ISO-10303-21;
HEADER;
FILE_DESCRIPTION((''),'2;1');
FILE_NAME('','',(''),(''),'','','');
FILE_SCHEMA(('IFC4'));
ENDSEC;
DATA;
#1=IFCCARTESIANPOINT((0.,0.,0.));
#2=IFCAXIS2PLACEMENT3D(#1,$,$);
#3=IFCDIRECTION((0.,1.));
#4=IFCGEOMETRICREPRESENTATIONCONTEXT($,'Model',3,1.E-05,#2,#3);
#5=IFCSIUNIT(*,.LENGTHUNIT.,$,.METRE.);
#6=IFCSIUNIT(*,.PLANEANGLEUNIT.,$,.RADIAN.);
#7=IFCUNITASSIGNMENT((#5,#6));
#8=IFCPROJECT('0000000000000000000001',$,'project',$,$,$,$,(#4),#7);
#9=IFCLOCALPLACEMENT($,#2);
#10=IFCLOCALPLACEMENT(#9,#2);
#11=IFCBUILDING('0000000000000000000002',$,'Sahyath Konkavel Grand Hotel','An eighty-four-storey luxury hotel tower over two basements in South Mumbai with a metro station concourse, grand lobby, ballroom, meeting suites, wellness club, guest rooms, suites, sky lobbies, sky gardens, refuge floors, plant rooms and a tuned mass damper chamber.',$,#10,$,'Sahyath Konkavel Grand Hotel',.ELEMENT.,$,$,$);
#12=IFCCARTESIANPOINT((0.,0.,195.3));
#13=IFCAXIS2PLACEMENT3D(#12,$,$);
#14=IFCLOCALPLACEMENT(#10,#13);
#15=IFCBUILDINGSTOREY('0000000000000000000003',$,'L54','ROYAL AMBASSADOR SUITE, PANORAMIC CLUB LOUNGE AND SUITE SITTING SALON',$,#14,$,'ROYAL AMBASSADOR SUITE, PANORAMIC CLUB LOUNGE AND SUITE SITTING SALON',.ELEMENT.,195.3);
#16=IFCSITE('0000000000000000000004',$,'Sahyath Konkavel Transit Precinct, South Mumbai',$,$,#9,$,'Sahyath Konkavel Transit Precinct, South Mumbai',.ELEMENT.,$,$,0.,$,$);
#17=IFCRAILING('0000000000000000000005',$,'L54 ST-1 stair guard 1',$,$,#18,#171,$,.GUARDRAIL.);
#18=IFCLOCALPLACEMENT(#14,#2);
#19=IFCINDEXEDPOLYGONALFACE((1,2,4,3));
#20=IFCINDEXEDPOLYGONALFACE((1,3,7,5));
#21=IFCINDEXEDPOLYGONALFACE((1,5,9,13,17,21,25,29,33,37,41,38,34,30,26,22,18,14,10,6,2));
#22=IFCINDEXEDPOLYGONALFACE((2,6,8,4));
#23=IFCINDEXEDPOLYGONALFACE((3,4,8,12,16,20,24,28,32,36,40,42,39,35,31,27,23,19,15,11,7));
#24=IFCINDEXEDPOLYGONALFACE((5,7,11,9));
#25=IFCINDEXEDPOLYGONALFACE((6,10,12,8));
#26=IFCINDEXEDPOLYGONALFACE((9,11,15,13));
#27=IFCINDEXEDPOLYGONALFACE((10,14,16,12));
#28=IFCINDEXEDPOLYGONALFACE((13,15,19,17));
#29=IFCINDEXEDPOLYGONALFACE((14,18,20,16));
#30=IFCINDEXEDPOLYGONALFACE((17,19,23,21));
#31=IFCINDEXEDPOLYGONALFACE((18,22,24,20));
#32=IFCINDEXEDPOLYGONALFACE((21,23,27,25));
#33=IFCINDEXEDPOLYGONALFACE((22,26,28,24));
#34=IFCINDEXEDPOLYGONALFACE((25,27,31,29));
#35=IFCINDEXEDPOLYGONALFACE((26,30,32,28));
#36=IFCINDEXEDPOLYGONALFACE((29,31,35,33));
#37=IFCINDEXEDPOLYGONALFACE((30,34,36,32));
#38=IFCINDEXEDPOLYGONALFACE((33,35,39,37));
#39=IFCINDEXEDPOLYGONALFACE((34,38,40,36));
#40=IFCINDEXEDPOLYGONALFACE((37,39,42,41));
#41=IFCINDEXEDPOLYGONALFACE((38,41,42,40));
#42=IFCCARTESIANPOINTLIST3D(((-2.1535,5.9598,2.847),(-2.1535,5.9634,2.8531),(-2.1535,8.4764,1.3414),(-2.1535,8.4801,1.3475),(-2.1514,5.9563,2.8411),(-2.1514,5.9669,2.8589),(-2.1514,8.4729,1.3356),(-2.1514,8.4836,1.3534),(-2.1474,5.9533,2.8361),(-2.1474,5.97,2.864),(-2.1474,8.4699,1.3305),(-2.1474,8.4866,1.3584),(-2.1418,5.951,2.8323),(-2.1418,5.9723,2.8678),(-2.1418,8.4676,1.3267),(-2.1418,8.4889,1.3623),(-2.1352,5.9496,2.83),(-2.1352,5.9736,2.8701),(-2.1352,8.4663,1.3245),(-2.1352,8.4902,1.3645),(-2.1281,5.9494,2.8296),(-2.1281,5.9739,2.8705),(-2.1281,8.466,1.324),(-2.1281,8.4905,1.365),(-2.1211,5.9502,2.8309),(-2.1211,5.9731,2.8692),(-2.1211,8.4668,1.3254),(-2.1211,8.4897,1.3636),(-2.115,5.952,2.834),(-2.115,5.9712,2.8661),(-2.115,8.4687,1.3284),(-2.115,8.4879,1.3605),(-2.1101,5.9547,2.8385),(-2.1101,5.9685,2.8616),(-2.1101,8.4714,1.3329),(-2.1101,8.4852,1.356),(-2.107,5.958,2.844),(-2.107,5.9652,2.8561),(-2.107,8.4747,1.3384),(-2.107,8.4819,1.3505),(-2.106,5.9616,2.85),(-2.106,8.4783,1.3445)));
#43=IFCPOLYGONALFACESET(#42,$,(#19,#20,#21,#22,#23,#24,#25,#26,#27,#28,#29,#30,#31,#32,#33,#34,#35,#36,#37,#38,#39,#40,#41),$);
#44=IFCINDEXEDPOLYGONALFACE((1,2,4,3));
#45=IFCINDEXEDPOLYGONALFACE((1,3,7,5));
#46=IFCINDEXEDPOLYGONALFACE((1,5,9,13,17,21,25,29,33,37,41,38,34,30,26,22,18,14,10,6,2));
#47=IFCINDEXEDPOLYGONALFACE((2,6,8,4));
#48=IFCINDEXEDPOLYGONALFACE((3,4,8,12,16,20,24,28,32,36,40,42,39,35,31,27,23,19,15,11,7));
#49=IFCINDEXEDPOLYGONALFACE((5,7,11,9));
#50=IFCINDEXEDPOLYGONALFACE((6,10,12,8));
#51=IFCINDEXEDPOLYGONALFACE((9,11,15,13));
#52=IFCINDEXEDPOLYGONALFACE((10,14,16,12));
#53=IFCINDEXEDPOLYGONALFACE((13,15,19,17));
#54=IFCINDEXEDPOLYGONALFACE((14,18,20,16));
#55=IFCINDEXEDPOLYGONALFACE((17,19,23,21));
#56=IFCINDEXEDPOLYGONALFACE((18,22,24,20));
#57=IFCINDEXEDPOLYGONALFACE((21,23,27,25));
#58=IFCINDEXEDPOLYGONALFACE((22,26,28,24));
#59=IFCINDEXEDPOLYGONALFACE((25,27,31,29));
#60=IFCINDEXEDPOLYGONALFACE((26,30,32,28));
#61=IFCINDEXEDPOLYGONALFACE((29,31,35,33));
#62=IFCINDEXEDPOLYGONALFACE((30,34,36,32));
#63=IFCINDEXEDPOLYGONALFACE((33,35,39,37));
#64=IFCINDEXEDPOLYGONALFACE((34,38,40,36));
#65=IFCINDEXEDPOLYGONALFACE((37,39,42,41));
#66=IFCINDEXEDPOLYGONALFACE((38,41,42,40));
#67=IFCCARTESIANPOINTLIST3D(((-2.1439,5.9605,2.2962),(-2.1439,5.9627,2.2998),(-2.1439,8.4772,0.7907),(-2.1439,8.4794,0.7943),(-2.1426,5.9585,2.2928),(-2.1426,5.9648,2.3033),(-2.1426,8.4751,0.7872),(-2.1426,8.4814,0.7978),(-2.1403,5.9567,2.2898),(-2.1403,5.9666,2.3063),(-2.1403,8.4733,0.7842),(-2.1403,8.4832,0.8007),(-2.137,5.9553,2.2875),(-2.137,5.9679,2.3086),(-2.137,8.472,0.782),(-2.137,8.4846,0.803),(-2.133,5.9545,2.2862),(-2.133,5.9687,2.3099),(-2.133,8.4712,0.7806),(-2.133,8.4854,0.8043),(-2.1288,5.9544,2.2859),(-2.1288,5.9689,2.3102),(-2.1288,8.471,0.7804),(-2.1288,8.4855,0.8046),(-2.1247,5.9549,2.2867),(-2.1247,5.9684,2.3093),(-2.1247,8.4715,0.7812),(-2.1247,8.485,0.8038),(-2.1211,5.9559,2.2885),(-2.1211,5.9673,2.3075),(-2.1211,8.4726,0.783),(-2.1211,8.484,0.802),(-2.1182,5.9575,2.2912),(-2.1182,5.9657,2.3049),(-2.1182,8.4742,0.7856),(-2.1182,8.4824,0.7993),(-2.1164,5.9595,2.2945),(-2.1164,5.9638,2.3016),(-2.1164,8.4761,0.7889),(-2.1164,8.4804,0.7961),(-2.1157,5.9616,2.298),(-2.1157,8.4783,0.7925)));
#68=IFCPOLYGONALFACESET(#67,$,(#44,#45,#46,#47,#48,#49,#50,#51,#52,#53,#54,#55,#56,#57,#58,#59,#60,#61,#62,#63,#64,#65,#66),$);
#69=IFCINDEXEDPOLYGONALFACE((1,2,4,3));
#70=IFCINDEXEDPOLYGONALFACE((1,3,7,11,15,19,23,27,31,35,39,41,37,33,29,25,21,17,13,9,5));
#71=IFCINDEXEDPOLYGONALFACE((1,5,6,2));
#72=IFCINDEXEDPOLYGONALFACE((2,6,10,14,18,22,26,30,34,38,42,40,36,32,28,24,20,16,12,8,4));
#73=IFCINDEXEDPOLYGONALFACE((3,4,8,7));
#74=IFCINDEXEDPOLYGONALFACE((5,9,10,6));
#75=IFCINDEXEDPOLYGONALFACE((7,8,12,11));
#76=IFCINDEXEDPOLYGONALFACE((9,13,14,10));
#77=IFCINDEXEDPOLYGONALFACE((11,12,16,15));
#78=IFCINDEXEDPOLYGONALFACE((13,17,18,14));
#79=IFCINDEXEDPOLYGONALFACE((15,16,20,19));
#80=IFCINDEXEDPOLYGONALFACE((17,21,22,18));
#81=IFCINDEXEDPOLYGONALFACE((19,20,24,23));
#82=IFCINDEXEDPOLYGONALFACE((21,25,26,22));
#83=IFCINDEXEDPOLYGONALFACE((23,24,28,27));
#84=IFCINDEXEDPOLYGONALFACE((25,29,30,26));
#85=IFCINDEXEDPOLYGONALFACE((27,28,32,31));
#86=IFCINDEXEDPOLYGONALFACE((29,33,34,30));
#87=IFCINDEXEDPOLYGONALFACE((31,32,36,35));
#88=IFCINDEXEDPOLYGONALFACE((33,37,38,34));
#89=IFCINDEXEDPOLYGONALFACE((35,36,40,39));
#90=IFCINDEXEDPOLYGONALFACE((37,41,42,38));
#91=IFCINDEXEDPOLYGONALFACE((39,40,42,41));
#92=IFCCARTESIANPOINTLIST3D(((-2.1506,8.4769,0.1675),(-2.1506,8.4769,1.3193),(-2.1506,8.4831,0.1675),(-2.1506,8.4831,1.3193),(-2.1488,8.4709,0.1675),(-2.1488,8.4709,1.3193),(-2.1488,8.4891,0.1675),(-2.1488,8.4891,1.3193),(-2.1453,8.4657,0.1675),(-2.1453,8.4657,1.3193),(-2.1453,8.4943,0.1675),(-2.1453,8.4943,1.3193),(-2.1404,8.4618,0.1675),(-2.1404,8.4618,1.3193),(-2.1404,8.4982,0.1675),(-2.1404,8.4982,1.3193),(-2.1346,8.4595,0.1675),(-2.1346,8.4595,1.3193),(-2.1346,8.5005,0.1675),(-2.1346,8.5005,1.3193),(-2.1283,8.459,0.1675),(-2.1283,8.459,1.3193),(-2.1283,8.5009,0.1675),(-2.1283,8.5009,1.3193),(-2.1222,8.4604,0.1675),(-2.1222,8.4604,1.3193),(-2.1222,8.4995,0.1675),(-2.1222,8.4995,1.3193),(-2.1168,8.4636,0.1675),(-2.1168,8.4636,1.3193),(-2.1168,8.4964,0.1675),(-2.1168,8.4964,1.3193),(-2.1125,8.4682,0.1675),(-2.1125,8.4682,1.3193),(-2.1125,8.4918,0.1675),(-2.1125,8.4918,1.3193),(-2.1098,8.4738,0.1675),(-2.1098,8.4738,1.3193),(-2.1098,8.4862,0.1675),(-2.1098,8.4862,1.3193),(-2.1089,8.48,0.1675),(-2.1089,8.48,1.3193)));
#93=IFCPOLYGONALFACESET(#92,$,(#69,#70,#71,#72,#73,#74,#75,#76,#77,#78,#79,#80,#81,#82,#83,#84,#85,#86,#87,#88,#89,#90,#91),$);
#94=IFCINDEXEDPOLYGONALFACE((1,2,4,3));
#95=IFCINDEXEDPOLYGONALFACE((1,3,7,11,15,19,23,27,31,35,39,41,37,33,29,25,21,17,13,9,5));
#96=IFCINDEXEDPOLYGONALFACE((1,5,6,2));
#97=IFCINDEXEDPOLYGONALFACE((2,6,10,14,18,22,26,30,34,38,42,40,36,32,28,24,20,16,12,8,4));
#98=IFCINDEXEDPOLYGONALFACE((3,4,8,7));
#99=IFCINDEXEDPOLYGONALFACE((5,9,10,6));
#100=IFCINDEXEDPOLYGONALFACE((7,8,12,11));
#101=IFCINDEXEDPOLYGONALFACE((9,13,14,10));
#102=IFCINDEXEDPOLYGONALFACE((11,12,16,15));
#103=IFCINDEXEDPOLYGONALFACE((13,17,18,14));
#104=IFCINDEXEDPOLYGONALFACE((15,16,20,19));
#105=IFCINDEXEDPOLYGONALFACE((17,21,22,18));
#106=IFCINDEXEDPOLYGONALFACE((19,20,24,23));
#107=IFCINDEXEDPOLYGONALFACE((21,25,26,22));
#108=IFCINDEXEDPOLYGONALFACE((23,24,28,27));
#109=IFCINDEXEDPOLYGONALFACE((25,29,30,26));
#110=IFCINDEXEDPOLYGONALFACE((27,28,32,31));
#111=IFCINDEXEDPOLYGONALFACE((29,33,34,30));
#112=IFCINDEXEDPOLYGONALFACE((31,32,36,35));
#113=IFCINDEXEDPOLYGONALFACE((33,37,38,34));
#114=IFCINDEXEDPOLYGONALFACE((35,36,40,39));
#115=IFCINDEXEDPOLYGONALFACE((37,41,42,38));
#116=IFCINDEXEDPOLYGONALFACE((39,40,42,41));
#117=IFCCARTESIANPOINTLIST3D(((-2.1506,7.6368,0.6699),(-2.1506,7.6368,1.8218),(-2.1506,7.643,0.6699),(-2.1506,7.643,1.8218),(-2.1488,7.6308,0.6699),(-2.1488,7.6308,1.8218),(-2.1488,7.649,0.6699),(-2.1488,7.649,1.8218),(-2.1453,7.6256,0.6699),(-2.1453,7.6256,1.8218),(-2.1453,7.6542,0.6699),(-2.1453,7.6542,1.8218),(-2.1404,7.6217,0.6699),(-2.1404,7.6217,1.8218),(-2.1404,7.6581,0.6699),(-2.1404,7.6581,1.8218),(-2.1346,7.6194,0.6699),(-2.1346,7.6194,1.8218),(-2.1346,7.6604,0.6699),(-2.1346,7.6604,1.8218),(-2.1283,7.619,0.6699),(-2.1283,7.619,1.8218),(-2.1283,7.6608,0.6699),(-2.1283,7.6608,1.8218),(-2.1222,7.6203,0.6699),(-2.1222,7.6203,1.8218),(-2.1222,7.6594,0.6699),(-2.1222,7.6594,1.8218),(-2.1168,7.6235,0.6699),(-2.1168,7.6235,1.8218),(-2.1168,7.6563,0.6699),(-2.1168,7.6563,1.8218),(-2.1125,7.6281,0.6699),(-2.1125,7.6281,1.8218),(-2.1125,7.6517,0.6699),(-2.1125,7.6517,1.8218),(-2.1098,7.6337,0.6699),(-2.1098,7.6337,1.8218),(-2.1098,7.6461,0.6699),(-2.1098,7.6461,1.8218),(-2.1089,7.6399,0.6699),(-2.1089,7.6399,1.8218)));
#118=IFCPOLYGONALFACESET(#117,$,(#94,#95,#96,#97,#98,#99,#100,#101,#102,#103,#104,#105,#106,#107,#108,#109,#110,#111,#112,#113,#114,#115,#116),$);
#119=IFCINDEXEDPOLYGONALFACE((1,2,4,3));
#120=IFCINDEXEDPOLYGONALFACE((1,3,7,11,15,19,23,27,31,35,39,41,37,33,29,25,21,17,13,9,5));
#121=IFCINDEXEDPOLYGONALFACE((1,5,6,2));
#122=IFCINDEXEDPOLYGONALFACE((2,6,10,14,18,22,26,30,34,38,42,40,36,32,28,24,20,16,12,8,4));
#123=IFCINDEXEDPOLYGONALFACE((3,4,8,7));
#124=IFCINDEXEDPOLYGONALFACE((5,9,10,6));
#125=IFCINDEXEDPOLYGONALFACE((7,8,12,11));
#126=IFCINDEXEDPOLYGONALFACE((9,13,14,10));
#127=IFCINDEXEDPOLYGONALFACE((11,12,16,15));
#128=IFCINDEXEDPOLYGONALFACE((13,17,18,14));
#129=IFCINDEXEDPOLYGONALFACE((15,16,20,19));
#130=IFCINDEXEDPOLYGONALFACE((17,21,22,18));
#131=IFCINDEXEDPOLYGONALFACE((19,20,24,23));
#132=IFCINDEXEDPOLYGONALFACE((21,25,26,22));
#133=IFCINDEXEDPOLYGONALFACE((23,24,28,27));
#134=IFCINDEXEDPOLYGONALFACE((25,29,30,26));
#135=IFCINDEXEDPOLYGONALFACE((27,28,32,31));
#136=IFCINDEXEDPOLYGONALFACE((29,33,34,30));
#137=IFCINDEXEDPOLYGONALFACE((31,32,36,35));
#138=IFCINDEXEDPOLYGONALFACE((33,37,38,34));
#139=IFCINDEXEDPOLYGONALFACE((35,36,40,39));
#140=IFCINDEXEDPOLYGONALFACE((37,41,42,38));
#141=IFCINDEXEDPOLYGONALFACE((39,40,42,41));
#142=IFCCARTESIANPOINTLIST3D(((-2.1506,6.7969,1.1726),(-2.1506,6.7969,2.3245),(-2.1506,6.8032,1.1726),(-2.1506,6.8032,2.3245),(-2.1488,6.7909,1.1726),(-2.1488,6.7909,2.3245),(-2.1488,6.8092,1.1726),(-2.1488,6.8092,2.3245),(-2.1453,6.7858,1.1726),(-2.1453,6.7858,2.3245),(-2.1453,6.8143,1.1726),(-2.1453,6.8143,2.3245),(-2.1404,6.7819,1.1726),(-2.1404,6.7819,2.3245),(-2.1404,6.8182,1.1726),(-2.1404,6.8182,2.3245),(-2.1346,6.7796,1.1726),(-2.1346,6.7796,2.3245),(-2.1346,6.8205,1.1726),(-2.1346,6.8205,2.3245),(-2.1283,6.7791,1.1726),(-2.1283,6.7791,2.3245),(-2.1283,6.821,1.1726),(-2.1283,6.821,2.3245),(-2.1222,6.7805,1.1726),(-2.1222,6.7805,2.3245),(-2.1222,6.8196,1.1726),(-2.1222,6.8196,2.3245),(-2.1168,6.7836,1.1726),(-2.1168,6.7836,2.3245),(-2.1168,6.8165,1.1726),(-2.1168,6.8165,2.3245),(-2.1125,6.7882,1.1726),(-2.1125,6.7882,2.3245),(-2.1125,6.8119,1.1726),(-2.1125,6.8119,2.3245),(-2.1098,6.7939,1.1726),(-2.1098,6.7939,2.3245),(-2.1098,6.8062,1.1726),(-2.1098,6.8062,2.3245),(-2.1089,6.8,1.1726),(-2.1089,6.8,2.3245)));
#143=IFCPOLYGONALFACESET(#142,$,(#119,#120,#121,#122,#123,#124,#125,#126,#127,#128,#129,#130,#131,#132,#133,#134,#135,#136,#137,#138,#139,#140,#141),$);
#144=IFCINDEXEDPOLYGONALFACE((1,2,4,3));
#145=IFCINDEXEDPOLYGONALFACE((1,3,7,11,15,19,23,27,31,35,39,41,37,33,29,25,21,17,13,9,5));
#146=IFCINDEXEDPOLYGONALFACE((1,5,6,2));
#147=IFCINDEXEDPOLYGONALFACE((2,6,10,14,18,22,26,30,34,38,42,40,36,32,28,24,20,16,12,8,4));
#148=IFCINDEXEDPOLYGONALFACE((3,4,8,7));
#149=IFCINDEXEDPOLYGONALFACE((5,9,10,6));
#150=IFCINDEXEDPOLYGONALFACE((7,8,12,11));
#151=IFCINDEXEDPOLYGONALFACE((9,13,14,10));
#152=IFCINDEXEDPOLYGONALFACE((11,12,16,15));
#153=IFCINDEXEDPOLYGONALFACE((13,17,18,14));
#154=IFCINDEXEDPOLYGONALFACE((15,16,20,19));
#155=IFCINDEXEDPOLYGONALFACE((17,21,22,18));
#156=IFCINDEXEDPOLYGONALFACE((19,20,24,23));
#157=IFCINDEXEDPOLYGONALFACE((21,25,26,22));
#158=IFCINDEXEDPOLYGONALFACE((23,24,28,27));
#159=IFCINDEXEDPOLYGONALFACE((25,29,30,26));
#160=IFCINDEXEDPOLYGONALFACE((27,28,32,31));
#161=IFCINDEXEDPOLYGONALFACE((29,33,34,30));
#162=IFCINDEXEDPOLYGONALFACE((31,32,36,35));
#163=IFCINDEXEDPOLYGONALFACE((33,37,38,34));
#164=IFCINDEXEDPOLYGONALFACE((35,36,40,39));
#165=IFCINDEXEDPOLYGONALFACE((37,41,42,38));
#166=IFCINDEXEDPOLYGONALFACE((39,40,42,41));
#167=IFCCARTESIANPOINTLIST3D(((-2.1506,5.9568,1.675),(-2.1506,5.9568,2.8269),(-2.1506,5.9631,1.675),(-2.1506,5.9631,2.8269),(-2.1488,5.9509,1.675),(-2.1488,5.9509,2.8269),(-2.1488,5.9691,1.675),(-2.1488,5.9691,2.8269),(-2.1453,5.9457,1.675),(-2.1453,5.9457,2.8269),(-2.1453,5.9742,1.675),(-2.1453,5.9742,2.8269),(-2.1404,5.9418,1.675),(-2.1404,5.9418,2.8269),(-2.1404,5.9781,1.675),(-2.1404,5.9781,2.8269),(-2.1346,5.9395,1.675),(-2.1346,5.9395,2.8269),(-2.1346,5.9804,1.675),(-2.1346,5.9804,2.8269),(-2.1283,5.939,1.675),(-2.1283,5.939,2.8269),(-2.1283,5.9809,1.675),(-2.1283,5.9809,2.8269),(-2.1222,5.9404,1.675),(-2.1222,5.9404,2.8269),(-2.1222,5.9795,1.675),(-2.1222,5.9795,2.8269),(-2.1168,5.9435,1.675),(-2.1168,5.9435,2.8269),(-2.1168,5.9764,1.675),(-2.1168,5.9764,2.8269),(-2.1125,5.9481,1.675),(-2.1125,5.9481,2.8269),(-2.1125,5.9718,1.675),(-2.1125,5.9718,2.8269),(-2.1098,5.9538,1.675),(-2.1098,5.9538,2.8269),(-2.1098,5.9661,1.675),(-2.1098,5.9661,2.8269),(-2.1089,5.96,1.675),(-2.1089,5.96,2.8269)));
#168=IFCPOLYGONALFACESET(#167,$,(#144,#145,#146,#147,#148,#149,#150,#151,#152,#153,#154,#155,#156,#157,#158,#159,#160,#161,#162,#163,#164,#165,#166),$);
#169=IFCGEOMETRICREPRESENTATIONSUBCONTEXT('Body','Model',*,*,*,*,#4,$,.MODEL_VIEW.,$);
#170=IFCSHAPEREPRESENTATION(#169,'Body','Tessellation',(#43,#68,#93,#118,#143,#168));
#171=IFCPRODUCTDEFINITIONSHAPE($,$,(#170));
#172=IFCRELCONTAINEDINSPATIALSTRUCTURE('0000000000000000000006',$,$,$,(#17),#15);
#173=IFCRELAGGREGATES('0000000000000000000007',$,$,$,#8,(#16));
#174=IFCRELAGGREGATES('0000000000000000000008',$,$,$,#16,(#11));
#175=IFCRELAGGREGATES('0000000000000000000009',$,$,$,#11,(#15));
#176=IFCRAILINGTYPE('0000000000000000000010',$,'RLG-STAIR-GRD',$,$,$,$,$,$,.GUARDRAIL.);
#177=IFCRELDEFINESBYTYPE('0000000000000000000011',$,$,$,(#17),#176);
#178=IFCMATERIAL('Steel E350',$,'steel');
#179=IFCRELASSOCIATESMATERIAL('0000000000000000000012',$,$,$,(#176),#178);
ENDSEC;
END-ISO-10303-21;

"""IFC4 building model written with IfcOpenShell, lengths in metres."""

from ifc_helpers import new_model, si_unit, direction, frame, origin, origin_2d, place, context, subcontext, project, spatial, circle, extrude, material, type_object, element, save


model = new_model("IFC4")

# Units and contexts
model_context = context("Model", 3, precision=1e-05, world=origin(), true_north=direction((0.0, 1.0)))
body_context = subcontext(model_context, "Body", "Model", "MODEL_VIEW")
ifc_project = project(units=[si_unit("LENGTHUNIT", "METRE"), si_unit("PLANEANGLEUNIT", "RADIAN")], contexts=[model_context])

# Site, building, storey
site_placement = place(None, origin())
site = spatial("IfcSite", under=ifc_project, at=site_placement, Name="Sahyath Konkavel Transit Precinct, South Mumbai", LongName="Sahyath Konkavel Transit Precinct, South Mumbai", CompositionType="ELEMENT", RefElevation=0.0)
building_placement = place(site_placement, origin())
building = spatial("IfcBuilding", under=site, at=building_placement, Name="Sahyath Konkavel Grand Hotel", Description="An eighty-four-storey luxury hotel tower over two basements in South Mumbai with a metro station concourse, grand lobby, ballroom, meeting suites, wellness club, guest rooms, suites, sky lobbies, sky gardens, refuge floors, plant rooms and a tuned mass damper chamber.", LongName="Sahyath Konkavel Grand Hotel", CompositionType="ELEMENT")
storey_placement = place(building_placement, frame((0.0, 0.0, 195.3)))
storey = spatial("IfcBuildingStorey", under=building, at=storey_placement, Name="L54", Description="ROYAL AMBASSADOR SUITE, PANORAMIC CLUB LOUNGE AND SUITE SITTING SALON", LongName="ROYAL AMBASSADOR SUITE, PANORAMIC CLUB LOUNGE AND SUITE SITTING SALON", CompositionType="ELEMENT", Elevation=195.3)

# Shared definitions
ifc_material_1 = material(Name="Steel E350", Category="steel")

# Railing
railing_type_1 = type_object("IfcRailingType", Name="RLG-STAIR-GRD", PredefinedType="GUARDRAIL", material=ifc_material_1)
railing_1_placement = place(storey_placement, frame((-2.1299, 8.48, 0.1675)))
element("IfcRailing", 1, at=railing_1_placement, inside=storey, type_object=railing_type_1, Name="L54 ST-1 stair guard 1", PredefinedType="GUARDRAIL", context=body_context, shape_type="SweptSolid", body=[
    extrude(circle(Radius=0.0239, at=origin_2d()), frame((0.0, -0.0017, 1.177), z_axis=(0.0, -0.85816, 0.513383), x_axis=(1.0, 0.0, 0.0)), (0.0, 0.0, 1.0), 2.9326),
    extrude(circle(Radius=0.0142, at=origin_2d()), frame((0.0, -0.0017, 0.625), z_axis=(0.0, -0.85816, 0.513383), x_axis=(1.0, 0.0, 0.0)), (0.0, 0.0, 1.0), 2.9326),
    extrude(circle(Radius=0.021, at=origin_2d()), origin(), (0.0, 0.0, 1.0), 1.1519),
    extrude(circle(Radius=0.021, at=origin_2d()), frame((0.0, -0.8401, 0.5024)), (0.0, 0.0, 1.0), 1.1519),
    extrude(circle(Radius=0.021, at=origin_2d()), frame((0.0, -1.6799, 1.0051)), (0.0, 0.0, 1.0), 1.1519),
    extrude(circle(Radius=0.021, at=origin_2d()), frame((0.0, -2.52, 1.5076)), (0.0, 0.0, 1.0), 1.1519),
])

save(model, "model.ifc")
